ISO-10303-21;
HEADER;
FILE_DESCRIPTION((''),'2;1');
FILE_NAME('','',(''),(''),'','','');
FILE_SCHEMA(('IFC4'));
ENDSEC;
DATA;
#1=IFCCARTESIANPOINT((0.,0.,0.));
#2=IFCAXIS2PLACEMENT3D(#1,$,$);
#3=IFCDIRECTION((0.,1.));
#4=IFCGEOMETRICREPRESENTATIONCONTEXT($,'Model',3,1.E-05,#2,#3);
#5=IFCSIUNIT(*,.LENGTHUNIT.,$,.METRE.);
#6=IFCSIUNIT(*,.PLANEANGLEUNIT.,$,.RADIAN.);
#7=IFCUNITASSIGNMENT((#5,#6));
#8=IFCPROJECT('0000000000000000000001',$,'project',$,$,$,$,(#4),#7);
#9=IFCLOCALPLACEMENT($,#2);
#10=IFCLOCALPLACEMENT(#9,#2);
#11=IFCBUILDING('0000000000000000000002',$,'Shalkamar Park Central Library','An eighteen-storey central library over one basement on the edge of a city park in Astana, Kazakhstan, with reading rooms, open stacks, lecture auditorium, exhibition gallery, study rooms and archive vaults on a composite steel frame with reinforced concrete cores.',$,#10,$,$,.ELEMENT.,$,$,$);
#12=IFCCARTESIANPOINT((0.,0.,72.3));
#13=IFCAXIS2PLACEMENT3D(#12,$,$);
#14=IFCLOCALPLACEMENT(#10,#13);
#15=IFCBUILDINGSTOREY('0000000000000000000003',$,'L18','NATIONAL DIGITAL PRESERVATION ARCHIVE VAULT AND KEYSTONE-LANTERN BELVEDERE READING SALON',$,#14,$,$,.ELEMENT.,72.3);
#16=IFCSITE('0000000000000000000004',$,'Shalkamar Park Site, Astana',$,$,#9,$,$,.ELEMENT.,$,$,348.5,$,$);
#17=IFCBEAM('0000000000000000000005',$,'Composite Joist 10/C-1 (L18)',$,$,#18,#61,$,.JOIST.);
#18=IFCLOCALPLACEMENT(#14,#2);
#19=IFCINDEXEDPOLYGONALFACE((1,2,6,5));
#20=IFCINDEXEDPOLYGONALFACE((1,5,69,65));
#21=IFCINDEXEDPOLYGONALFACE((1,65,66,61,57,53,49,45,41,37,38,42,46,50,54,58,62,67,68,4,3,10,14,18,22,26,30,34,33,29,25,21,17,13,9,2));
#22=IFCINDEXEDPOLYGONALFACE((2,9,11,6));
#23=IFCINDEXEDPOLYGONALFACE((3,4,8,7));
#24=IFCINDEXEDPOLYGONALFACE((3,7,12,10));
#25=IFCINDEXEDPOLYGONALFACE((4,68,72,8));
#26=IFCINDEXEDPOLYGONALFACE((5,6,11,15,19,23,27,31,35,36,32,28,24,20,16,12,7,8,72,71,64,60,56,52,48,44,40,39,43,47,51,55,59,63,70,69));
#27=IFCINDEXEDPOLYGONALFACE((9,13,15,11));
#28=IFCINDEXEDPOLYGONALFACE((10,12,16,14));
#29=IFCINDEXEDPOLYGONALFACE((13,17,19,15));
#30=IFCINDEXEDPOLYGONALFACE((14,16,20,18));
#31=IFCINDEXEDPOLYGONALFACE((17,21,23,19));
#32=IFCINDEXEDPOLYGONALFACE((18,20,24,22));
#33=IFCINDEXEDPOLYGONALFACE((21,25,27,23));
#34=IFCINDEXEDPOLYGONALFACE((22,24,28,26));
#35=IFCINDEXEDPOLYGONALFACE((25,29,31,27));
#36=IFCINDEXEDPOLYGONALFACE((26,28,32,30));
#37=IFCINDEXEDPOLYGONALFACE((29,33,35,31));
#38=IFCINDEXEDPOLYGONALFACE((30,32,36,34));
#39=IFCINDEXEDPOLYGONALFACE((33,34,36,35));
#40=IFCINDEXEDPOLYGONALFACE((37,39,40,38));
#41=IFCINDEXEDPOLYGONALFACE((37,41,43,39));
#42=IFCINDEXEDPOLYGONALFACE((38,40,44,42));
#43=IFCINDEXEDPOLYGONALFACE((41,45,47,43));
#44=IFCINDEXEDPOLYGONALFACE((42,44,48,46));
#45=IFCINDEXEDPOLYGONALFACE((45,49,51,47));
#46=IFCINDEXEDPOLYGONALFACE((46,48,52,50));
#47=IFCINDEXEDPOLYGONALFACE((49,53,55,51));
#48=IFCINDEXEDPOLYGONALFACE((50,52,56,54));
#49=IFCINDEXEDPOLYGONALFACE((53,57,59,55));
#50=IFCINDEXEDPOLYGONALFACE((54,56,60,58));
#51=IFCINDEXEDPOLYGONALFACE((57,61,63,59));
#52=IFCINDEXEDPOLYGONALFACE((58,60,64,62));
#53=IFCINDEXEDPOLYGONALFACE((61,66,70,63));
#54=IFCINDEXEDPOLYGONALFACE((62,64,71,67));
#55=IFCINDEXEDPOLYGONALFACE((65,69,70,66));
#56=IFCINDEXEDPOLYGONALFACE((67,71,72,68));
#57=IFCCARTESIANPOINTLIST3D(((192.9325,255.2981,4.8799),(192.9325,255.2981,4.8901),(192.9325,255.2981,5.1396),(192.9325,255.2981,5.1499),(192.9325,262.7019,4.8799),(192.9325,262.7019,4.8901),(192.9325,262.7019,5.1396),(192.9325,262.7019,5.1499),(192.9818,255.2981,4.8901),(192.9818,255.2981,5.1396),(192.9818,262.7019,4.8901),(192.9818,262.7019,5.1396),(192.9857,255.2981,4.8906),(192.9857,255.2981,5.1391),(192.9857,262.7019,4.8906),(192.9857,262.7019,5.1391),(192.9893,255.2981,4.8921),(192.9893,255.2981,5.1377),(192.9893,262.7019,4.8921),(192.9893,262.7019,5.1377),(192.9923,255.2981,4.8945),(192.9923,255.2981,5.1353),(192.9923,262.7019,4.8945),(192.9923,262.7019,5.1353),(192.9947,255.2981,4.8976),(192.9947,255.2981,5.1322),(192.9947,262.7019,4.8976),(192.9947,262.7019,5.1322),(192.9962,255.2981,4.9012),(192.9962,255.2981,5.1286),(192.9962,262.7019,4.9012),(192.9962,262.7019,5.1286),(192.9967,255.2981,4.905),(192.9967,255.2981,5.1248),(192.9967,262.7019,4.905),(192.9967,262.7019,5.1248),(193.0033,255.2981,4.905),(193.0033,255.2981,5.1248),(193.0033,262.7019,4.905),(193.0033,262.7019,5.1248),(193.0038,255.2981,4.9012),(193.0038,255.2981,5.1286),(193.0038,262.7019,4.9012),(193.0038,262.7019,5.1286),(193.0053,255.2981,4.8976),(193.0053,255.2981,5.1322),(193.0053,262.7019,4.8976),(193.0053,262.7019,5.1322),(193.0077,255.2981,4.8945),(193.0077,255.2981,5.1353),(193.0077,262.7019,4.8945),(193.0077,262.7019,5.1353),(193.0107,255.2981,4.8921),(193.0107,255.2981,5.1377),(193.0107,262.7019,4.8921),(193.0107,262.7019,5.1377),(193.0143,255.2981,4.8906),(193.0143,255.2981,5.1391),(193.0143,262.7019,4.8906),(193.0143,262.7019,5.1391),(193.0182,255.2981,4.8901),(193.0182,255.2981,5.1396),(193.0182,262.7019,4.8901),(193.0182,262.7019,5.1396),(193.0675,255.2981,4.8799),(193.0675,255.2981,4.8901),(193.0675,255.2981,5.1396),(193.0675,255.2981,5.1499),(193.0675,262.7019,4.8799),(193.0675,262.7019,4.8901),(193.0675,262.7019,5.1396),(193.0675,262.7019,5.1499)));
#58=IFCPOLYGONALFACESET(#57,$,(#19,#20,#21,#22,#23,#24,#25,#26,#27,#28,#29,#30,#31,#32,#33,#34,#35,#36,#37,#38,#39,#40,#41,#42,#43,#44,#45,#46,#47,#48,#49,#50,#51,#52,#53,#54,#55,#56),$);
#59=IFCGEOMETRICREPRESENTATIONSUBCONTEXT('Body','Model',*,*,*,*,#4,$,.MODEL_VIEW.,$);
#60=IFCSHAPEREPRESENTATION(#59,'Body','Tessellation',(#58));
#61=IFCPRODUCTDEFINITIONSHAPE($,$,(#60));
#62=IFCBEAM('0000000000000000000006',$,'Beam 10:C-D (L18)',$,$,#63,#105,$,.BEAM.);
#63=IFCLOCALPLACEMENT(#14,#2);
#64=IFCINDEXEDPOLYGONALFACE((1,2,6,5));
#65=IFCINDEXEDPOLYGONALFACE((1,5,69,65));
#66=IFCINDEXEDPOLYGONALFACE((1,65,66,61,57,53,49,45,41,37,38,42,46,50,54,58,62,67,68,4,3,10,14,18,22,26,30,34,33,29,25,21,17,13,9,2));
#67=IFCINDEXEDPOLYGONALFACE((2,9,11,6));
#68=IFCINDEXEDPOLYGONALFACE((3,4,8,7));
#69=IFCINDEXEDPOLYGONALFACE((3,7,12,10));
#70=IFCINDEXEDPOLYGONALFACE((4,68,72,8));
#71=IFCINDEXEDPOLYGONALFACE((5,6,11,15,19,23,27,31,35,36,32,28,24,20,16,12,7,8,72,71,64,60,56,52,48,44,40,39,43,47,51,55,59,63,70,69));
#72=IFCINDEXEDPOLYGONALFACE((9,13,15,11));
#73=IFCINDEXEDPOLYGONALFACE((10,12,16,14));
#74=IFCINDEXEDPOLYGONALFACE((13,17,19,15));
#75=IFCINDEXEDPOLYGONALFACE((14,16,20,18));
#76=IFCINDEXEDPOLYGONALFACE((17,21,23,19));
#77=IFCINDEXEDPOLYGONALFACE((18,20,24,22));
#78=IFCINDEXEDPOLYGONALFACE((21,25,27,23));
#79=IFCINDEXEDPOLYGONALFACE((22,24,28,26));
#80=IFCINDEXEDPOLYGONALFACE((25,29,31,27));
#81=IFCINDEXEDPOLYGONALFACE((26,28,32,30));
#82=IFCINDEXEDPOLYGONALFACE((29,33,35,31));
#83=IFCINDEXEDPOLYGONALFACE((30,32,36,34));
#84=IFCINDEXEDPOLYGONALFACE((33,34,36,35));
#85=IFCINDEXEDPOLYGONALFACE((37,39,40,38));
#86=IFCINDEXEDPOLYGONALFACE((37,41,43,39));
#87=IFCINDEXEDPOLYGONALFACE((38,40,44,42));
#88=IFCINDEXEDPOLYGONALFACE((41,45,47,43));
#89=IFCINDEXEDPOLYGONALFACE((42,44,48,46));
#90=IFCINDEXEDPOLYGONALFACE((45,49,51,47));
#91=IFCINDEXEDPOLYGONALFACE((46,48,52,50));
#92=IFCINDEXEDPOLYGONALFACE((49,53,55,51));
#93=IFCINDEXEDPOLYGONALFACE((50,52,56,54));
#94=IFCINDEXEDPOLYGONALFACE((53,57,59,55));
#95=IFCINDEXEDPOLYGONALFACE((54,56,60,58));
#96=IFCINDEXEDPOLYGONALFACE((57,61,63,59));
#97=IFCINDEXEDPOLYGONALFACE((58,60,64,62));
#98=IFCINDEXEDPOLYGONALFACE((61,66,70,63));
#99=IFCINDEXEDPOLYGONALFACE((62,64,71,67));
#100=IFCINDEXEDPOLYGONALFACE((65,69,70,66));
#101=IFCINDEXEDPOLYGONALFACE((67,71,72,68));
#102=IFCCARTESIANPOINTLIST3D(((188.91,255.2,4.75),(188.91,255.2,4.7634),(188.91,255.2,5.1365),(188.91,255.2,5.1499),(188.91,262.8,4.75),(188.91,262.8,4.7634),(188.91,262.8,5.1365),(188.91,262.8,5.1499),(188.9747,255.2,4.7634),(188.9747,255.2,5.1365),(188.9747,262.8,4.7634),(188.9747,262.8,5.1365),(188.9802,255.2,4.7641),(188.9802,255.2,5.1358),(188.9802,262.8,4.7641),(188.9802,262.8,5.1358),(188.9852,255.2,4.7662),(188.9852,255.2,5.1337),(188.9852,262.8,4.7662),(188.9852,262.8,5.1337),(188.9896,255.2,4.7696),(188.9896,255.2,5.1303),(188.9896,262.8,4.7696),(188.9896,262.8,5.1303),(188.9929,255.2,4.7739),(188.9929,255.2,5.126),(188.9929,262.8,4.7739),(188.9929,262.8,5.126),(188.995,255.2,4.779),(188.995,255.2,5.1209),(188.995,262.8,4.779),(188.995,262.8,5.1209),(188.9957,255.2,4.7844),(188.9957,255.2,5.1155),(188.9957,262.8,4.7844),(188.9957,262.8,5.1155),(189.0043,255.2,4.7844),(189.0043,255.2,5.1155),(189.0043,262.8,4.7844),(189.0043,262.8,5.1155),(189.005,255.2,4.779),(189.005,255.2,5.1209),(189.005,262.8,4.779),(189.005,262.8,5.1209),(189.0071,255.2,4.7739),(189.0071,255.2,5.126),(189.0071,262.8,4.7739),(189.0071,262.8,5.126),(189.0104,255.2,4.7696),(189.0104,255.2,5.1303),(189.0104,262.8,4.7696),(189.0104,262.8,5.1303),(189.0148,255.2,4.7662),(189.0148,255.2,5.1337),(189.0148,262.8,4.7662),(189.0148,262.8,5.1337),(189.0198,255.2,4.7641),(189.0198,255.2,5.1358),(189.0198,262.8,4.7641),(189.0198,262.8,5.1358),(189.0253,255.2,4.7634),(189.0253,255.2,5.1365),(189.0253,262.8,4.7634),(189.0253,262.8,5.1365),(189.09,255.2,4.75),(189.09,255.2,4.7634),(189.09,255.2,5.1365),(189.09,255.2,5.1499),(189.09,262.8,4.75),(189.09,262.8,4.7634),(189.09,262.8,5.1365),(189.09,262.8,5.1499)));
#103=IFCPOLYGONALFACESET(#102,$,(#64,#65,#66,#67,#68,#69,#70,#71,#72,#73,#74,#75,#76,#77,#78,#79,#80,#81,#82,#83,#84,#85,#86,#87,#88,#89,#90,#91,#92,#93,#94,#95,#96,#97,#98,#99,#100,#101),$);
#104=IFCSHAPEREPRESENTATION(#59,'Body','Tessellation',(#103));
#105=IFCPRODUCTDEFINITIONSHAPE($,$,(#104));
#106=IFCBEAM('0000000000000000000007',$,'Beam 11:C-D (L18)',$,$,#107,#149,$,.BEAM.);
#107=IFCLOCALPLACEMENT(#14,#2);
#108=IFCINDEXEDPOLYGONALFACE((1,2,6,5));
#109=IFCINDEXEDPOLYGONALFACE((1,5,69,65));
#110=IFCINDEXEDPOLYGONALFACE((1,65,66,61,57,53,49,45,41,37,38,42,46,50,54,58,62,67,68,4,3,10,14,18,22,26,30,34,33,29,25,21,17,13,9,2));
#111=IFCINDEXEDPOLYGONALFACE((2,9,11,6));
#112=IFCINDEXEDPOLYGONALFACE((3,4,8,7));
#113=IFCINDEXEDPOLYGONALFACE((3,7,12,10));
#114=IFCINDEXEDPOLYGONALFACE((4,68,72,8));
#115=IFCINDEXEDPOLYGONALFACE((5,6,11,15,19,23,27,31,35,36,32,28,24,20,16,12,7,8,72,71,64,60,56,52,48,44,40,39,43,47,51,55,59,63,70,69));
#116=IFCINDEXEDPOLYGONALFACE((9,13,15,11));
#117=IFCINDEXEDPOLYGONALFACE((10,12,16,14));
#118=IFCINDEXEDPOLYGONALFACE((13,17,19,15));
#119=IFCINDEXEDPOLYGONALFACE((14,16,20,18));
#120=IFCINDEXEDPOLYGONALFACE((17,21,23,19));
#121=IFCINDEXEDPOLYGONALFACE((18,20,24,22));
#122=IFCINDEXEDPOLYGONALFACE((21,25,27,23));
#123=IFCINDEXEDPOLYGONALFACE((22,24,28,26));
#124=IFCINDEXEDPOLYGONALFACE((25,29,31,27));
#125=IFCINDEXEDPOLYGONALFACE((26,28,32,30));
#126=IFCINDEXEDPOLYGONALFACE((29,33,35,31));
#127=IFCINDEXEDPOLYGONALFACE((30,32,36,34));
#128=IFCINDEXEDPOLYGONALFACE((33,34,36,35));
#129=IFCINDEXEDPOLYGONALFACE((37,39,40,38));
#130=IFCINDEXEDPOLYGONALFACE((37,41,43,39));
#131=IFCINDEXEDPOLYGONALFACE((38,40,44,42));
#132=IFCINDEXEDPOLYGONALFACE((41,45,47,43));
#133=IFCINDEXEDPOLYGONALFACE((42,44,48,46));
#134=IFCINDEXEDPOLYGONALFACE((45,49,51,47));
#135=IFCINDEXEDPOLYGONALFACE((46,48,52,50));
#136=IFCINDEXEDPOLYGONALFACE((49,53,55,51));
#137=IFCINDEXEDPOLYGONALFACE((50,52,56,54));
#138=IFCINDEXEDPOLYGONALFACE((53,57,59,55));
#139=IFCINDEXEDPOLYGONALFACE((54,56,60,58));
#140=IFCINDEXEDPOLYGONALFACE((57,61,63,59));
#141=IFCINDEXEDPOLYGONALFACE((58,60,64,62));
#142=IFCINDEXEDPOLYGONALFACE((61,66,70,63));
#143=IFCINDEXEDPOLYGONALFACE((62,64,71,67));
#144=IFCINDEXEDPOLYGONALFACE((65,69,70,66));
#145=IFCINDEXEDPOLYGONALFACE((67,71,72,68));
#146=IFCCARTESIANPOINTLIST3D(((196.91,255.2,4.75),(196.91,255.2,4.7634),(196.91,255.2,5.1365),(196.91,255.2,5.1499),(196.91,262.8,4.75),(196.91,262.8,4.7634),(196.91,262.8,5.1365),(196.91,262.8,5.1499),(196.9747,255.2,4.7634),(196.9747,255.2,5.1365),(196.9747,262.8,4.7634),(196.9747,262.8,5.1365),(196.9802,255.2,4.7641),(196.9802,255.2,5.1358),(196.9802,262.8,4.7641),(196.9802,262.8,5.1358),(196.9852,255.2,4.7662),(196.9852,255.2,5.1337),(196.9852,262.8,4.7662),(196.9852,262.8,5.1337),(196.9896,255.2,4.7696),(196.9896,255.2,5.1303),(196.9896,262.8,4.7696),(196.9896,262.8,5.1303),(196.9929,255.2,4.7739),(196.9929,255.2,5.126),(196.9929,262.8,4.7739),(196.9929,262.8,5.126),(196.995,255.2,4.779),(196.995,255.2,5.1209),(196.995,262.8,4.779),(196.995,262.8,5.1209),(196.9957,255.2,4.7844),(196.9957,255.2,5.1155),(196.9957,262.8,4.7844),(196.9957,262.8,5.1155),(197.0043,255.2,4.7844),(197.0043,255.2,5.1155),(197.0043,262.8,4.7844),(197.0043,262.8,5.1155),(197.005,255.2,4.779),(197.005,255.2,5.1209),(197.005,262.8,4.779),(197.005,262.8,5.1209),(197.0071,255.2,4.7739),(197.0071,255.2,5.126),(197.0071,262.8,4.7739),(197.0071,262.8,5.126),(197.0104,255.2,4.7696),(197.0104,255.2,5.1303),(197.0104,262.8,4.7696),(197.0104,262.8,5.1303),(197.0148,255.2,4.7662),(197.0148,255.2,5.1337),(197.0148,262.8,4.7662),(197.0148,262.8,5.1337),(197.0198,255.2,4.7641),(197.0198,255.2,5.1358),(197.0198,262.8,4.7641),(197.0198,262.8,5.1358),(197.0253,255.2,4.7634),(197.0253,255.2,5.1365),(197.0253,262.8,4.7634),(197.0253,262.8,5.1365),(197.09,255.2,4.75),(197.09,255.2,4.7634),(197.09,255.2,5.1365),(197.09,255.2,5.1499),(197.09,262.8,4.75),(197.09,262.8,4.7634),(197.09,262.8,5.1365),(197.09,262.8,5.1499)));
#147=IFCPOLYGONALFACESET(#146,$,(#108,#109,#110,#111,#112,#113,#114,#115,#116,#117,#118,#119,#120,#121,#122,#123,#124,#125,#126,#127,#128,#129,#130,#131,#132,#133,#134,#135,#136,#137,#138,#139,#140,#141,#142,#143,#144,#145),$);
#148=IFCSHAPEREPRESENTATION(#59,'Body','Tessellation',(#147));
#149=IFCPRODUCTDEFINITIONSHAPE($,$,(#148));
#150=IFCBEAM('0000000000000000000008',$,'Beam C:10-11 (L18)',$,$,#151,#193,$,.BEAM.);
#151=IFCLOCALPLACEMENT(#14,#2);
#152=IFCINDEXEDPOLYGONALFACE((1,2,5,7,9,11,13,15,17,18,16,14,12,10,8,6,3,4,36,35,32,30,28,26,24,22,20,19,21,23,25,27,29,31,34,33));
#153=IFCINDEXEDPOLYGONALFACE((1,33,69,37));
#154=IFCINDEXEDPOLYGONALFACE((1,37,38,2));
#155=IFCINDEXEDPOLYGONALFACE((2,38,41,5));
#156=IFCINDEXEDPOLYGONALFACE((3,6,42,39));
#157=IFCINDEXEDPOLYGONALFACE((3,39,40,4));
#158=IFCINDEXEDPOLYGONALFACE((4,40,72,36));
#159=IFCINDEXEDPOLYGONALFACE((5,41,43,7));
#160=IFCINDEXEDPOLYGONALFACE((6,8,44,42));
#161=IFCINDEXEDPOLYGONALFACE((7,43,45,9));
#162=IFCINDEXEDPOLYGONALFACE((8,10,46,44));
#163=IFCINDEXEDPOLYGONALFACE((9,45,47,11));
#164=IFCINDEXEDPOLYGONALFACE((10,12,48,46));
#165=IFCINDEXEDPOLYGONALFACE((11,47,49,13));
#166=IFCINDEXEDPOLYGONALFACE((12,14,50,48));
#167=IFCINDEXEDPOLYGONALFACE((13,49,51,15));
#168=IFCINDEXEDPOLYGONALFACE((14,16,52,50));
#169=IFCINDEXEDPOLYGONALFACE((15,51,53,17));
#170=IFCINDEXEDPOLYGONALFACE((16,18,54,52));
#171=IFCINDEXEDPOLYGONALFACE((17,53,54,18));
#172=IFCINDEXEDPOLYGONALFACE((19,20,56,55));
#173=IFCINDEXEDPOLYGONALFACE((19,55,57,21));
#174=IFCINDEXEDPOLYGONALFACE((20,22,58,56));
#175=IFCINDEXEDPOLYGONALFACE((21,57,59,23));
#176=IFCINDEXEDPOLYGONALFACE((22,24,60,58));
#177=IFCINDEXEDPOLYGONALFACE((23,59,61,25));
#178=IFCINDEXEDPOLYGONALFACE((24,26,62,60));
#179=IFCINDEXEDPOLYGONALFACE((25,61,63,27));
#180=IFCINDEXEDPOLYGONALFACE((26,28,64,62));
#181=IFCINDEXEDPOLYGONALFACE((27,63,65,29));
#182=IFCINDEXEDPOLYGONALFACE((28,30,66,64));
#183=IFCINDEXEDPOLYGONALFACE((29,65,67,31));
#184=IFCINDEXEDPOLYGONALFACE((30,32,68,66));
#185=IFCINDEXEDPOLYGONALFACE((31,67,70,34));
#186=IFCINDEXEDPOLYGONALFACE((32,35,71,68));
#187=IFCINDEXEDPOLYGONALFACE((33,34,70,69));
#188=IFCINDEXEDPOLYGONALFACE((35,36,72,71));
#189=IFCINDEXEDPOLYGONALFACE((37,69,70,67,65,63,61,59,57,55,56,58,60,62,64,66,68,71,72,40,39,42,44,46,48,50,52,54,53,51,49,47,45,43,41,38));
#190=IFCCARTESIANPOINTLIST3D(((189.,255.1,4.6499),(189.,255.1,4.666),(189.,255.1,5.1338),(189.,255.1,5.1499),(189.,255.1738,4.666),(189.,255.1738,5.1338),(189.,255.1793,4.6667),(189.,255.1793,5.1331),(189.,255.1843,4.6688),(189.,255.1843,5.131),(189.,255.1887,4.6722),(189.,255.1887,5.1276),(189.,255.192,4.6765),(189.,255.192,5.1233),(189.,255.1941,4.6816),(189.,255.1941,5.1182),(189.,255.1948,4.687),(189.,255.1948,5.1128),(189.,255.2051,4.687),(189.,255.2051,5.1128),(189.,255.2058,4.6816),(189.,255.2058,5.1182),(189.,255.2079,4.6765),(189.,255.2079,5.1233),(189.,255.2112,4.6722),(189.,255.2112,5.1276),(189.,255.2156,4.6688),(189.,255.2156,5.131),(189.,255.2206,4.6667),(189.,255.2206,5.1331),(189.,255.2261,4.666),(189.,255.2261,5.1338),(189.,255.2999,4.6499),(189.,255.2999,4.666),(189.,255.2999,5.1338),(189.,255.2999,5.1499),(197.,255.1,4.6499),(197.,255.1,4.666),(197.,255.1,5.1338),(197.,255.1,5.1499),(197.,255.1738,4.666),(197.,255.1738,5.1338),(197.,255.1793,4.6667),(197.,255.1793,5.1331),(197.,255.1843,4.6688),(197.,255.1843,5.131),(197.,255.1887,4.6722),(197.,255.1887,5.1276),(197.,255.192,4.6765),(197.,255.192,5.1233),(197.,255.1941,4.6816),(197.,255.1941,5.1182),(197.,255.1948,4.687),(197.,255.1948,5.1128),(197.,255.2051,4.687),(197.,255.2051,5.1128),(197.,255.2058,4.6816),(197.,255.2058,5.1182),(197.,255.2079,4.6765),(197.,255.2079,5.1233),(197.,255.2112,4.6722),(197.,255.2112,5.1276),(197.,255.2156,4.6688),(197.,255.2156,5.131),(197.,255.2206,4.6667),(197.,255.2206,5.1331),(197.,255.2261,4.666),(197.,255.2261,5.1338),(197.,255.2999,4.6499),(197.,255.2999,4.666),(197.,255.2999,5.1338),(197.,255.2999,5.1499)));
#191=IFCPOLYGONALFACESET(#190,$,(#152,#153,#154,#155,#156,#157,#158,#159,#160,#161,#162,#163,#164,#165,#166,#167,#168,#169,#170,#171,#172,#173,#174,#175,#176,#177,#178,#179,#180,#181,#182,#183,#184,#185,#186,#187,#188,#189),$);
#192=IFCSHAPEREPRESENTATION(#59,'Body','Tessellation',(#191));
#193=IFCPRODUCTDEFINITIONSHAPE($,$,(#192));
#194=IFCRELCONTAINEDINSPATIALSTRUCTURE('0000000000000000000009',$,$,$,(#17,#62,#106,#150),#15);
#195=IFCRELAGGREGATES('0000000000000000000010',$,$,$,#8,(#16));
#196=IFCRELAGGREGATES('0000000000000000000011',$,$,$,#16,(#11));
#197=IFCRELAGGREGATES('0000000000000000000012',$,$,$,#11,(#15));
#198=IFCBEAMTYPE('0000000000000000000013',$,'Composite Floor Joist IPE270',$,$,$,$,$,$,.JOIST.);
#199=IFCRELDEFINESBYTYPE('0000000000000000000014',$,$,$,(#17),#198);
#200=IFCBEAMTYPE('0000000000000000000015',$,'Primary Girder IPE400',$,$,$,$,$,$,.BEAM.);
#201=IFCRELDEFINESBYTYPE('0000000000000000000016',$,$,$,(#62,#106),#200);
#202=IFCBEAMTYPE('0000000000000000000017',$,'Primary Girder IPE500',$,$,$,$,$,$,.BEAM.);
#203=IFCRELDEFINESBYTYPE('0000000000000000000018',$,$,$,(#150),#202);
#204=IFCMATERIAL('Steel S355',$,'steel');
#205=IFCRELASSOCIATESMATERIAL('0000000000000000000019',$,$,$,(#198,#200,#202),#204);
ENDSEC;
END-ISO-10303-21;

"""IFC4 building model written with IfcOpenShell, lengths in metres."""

from ifc_helpers import new_model, si_unit, direction, frame, origin, origin_2d, place, context, subcontext, project, spatial, i_section, extrude, material, material_profile, profile_set, type_object, element, save


model = new_model("IFC4")

# Units and contexts
model_context = context("Model", 3, precision=1e-05, world=origin(), true_north=direction((0.0, 1.0)))
body_context = subcontext(model_context, "Body", "Model", "MODEL_VIEW")
ifc_project = project(units=[si_unit("LENGTHUNIT", "METRE"), si_unit("PLANEANGLEUNIT", "RADIAN")], contexts=[model_context])

# Site, building, storey
site_placement = place(None, origin())
site = spatial("IfcSite", under=ifc_project, at=site_placement, Name="Shalkamar Park Site, Astana", CompositionType="ELEMENT", RefElevation=348.5)
building_placement = place(site_placement, origin())
building = spatial("IfcBuilding", under=site, at=building_placement, Name="Shalkamar Park Central Library", Description="An eighteen-storey central library over one basement on the edge of a city park in Astana, Kazakhstan, with reading rooms, open stacks, lecture auditorium, exhibition gallery, study rooms and archive vaults on a composite steel frame with reinforced concrete cores.", CompositionType="ELEMENT")
storey_placement = place(building_placement, frame((0.0, 0.0, 72.3)))
storey = spatial("IfcBuildingStorey", under=building, at=storey_placement, Name="L18", Description="NATIONAL DIGITAL PRESERVATION ARCHIVE VAULT AND KEYSTONE-LANTERN BELVEDERE READING SALON", CompositionType="ELEMENT", Elevation=72.3)

# Shared definitions
ifc_material_1 = material(Name="Steel S355", Category="steel")

# Beams
ifc_material_profile_1 = material_profile(ifc_material_1, i_section(OverallWidth=0.135, OverallDepth=0.27, WebThickness=0.0066, FlangeThickness=0.0103, FilletRadius=0.0149, at=origin_2d()), Name="IPE 270")
ifc_profile_set_1 = profile_set([ifc_material_profile_1], Name="Steel S355")
beam_type_1 = type_object("IfcBeamType", Name="Composite Floor Joist IPE270", PredefinedType="JOIST", material=ifc_profile_set_1)
for number, where, z_axis, x_axis, name in (
    (1, (193.0, 255.2981, 5.0149), (0.0, 1.0, 0.0), (-1.0, 0.0, 0.0), "Composite Joist 10/C-1 (L18)"),
):
    element("IfcBeam", number, at=place(storey_placement, frame(where, z_axis=z_axis, x_axis=x_axis)), inside=storey, type_object=beam_type_1, Name=name, PredefinedType="JOIST", context=body_context, shape_type="SweptSolid", body=[
        extrude(i_section(OverallWidth=0.135, OverallDepth=0.27, WebThickness=0.0066, FlangeThickness=0.0103, FilletRadius=0.0149, at=origin_2d()), origin(), (0.0, 0.0, 1.0), 7.4038),
    ])
ifc_material_profile_2 = material_profile(ifc_material_1, i_section(OverallWidth=0.1799, OverallDepth=0.3999, WebThickness=0.0085, FlangeThickness=0.0134, FilletRadius=0.021, at=origin_2d()), Name="IPE 400")
ifc_profile_set_2 = profile_set([ifc_material_profile_2], Name="Steel S355")
beam_type_2 = type_object("IfcBeamType", Name="Primary Girder IPE400", PredefinedType="BEAM", material=ifc_profile_set_2)
for number, where, z_axis, x_axis, name in (
    (2, (189.0, 255.2, 4.95), (0.0, 1.0, 0.0), (-1.0, 0.0, 0.0), "Beam 10:C-D (L18)"),
    (3, (197.0, 255.2, 4.95), (0.0, 1.0, 0.0), (-1.0, 0.0, 0.0), "Beam 11:C-D (L18)"),
):
    element("IfcBeam", number, at=place(storey_placement, frame(where, z_axis=z_axis, x_axis=x_axis)), inside=storey, type_object=beam_type_2, Name=name, PredefinedType="BEAM", context=body_context, shape_type="SweptSolid", body=[
        extrude(i_section(OverallWidth=0.1799, OverallDepth=0.3999, WebThickness=0.0085, FlangeThickness=0.0134, FilletRadius=0.021, at=origin_2d()), origin(), (0.0, 0.0, 1.0), 7.6001),
    ])
ifc_material_profile_3 = material_profile(ifc_material_1, i_section(OverallWidth=0.2, OverallDepth=0.5, WebThickness=0.0103, FlangeThickness=0.0161, FilletRadius=0.021, at=origin_2d()), Name="IPE 500")
ifc_profile_set_3 = profile_set([ifc_material_profile_3], Name="Steel S355")
beam_type_3 = type_object("IfcBeamType", Name="Primary Girder IPE500", PredefinedType="BEAM", material=ifc_profile_set_3)
for number, where, z_axis, x_axis, name in (
    (4, (189.0, 255.2, 4.8999), (1.0, 0.0, 0.0), (0.0, 1.0, 0.0), "Beam C:10-11 (L18)"),
):
    element("IfcBeam", number, at=place(storey_placement, frame(where, z_axis=z_axis, x_axis=x_axis)), inside=storey, type_object=beam_type_3, Name=name, PredefinedType="BEAM", context=body_context, shape_type="SweptSolid", body=[
        extrude(i_section(OverallWidth=0.2, OverallDepth=0.5, WebThickness=0.0103, FlangeThickness=0.0161, FilletRadius=0.021, at=origin_2d()), origin(), (0.0, 0.0, 1.0), 8.0),
    ])

save(model, "model.ifc")
